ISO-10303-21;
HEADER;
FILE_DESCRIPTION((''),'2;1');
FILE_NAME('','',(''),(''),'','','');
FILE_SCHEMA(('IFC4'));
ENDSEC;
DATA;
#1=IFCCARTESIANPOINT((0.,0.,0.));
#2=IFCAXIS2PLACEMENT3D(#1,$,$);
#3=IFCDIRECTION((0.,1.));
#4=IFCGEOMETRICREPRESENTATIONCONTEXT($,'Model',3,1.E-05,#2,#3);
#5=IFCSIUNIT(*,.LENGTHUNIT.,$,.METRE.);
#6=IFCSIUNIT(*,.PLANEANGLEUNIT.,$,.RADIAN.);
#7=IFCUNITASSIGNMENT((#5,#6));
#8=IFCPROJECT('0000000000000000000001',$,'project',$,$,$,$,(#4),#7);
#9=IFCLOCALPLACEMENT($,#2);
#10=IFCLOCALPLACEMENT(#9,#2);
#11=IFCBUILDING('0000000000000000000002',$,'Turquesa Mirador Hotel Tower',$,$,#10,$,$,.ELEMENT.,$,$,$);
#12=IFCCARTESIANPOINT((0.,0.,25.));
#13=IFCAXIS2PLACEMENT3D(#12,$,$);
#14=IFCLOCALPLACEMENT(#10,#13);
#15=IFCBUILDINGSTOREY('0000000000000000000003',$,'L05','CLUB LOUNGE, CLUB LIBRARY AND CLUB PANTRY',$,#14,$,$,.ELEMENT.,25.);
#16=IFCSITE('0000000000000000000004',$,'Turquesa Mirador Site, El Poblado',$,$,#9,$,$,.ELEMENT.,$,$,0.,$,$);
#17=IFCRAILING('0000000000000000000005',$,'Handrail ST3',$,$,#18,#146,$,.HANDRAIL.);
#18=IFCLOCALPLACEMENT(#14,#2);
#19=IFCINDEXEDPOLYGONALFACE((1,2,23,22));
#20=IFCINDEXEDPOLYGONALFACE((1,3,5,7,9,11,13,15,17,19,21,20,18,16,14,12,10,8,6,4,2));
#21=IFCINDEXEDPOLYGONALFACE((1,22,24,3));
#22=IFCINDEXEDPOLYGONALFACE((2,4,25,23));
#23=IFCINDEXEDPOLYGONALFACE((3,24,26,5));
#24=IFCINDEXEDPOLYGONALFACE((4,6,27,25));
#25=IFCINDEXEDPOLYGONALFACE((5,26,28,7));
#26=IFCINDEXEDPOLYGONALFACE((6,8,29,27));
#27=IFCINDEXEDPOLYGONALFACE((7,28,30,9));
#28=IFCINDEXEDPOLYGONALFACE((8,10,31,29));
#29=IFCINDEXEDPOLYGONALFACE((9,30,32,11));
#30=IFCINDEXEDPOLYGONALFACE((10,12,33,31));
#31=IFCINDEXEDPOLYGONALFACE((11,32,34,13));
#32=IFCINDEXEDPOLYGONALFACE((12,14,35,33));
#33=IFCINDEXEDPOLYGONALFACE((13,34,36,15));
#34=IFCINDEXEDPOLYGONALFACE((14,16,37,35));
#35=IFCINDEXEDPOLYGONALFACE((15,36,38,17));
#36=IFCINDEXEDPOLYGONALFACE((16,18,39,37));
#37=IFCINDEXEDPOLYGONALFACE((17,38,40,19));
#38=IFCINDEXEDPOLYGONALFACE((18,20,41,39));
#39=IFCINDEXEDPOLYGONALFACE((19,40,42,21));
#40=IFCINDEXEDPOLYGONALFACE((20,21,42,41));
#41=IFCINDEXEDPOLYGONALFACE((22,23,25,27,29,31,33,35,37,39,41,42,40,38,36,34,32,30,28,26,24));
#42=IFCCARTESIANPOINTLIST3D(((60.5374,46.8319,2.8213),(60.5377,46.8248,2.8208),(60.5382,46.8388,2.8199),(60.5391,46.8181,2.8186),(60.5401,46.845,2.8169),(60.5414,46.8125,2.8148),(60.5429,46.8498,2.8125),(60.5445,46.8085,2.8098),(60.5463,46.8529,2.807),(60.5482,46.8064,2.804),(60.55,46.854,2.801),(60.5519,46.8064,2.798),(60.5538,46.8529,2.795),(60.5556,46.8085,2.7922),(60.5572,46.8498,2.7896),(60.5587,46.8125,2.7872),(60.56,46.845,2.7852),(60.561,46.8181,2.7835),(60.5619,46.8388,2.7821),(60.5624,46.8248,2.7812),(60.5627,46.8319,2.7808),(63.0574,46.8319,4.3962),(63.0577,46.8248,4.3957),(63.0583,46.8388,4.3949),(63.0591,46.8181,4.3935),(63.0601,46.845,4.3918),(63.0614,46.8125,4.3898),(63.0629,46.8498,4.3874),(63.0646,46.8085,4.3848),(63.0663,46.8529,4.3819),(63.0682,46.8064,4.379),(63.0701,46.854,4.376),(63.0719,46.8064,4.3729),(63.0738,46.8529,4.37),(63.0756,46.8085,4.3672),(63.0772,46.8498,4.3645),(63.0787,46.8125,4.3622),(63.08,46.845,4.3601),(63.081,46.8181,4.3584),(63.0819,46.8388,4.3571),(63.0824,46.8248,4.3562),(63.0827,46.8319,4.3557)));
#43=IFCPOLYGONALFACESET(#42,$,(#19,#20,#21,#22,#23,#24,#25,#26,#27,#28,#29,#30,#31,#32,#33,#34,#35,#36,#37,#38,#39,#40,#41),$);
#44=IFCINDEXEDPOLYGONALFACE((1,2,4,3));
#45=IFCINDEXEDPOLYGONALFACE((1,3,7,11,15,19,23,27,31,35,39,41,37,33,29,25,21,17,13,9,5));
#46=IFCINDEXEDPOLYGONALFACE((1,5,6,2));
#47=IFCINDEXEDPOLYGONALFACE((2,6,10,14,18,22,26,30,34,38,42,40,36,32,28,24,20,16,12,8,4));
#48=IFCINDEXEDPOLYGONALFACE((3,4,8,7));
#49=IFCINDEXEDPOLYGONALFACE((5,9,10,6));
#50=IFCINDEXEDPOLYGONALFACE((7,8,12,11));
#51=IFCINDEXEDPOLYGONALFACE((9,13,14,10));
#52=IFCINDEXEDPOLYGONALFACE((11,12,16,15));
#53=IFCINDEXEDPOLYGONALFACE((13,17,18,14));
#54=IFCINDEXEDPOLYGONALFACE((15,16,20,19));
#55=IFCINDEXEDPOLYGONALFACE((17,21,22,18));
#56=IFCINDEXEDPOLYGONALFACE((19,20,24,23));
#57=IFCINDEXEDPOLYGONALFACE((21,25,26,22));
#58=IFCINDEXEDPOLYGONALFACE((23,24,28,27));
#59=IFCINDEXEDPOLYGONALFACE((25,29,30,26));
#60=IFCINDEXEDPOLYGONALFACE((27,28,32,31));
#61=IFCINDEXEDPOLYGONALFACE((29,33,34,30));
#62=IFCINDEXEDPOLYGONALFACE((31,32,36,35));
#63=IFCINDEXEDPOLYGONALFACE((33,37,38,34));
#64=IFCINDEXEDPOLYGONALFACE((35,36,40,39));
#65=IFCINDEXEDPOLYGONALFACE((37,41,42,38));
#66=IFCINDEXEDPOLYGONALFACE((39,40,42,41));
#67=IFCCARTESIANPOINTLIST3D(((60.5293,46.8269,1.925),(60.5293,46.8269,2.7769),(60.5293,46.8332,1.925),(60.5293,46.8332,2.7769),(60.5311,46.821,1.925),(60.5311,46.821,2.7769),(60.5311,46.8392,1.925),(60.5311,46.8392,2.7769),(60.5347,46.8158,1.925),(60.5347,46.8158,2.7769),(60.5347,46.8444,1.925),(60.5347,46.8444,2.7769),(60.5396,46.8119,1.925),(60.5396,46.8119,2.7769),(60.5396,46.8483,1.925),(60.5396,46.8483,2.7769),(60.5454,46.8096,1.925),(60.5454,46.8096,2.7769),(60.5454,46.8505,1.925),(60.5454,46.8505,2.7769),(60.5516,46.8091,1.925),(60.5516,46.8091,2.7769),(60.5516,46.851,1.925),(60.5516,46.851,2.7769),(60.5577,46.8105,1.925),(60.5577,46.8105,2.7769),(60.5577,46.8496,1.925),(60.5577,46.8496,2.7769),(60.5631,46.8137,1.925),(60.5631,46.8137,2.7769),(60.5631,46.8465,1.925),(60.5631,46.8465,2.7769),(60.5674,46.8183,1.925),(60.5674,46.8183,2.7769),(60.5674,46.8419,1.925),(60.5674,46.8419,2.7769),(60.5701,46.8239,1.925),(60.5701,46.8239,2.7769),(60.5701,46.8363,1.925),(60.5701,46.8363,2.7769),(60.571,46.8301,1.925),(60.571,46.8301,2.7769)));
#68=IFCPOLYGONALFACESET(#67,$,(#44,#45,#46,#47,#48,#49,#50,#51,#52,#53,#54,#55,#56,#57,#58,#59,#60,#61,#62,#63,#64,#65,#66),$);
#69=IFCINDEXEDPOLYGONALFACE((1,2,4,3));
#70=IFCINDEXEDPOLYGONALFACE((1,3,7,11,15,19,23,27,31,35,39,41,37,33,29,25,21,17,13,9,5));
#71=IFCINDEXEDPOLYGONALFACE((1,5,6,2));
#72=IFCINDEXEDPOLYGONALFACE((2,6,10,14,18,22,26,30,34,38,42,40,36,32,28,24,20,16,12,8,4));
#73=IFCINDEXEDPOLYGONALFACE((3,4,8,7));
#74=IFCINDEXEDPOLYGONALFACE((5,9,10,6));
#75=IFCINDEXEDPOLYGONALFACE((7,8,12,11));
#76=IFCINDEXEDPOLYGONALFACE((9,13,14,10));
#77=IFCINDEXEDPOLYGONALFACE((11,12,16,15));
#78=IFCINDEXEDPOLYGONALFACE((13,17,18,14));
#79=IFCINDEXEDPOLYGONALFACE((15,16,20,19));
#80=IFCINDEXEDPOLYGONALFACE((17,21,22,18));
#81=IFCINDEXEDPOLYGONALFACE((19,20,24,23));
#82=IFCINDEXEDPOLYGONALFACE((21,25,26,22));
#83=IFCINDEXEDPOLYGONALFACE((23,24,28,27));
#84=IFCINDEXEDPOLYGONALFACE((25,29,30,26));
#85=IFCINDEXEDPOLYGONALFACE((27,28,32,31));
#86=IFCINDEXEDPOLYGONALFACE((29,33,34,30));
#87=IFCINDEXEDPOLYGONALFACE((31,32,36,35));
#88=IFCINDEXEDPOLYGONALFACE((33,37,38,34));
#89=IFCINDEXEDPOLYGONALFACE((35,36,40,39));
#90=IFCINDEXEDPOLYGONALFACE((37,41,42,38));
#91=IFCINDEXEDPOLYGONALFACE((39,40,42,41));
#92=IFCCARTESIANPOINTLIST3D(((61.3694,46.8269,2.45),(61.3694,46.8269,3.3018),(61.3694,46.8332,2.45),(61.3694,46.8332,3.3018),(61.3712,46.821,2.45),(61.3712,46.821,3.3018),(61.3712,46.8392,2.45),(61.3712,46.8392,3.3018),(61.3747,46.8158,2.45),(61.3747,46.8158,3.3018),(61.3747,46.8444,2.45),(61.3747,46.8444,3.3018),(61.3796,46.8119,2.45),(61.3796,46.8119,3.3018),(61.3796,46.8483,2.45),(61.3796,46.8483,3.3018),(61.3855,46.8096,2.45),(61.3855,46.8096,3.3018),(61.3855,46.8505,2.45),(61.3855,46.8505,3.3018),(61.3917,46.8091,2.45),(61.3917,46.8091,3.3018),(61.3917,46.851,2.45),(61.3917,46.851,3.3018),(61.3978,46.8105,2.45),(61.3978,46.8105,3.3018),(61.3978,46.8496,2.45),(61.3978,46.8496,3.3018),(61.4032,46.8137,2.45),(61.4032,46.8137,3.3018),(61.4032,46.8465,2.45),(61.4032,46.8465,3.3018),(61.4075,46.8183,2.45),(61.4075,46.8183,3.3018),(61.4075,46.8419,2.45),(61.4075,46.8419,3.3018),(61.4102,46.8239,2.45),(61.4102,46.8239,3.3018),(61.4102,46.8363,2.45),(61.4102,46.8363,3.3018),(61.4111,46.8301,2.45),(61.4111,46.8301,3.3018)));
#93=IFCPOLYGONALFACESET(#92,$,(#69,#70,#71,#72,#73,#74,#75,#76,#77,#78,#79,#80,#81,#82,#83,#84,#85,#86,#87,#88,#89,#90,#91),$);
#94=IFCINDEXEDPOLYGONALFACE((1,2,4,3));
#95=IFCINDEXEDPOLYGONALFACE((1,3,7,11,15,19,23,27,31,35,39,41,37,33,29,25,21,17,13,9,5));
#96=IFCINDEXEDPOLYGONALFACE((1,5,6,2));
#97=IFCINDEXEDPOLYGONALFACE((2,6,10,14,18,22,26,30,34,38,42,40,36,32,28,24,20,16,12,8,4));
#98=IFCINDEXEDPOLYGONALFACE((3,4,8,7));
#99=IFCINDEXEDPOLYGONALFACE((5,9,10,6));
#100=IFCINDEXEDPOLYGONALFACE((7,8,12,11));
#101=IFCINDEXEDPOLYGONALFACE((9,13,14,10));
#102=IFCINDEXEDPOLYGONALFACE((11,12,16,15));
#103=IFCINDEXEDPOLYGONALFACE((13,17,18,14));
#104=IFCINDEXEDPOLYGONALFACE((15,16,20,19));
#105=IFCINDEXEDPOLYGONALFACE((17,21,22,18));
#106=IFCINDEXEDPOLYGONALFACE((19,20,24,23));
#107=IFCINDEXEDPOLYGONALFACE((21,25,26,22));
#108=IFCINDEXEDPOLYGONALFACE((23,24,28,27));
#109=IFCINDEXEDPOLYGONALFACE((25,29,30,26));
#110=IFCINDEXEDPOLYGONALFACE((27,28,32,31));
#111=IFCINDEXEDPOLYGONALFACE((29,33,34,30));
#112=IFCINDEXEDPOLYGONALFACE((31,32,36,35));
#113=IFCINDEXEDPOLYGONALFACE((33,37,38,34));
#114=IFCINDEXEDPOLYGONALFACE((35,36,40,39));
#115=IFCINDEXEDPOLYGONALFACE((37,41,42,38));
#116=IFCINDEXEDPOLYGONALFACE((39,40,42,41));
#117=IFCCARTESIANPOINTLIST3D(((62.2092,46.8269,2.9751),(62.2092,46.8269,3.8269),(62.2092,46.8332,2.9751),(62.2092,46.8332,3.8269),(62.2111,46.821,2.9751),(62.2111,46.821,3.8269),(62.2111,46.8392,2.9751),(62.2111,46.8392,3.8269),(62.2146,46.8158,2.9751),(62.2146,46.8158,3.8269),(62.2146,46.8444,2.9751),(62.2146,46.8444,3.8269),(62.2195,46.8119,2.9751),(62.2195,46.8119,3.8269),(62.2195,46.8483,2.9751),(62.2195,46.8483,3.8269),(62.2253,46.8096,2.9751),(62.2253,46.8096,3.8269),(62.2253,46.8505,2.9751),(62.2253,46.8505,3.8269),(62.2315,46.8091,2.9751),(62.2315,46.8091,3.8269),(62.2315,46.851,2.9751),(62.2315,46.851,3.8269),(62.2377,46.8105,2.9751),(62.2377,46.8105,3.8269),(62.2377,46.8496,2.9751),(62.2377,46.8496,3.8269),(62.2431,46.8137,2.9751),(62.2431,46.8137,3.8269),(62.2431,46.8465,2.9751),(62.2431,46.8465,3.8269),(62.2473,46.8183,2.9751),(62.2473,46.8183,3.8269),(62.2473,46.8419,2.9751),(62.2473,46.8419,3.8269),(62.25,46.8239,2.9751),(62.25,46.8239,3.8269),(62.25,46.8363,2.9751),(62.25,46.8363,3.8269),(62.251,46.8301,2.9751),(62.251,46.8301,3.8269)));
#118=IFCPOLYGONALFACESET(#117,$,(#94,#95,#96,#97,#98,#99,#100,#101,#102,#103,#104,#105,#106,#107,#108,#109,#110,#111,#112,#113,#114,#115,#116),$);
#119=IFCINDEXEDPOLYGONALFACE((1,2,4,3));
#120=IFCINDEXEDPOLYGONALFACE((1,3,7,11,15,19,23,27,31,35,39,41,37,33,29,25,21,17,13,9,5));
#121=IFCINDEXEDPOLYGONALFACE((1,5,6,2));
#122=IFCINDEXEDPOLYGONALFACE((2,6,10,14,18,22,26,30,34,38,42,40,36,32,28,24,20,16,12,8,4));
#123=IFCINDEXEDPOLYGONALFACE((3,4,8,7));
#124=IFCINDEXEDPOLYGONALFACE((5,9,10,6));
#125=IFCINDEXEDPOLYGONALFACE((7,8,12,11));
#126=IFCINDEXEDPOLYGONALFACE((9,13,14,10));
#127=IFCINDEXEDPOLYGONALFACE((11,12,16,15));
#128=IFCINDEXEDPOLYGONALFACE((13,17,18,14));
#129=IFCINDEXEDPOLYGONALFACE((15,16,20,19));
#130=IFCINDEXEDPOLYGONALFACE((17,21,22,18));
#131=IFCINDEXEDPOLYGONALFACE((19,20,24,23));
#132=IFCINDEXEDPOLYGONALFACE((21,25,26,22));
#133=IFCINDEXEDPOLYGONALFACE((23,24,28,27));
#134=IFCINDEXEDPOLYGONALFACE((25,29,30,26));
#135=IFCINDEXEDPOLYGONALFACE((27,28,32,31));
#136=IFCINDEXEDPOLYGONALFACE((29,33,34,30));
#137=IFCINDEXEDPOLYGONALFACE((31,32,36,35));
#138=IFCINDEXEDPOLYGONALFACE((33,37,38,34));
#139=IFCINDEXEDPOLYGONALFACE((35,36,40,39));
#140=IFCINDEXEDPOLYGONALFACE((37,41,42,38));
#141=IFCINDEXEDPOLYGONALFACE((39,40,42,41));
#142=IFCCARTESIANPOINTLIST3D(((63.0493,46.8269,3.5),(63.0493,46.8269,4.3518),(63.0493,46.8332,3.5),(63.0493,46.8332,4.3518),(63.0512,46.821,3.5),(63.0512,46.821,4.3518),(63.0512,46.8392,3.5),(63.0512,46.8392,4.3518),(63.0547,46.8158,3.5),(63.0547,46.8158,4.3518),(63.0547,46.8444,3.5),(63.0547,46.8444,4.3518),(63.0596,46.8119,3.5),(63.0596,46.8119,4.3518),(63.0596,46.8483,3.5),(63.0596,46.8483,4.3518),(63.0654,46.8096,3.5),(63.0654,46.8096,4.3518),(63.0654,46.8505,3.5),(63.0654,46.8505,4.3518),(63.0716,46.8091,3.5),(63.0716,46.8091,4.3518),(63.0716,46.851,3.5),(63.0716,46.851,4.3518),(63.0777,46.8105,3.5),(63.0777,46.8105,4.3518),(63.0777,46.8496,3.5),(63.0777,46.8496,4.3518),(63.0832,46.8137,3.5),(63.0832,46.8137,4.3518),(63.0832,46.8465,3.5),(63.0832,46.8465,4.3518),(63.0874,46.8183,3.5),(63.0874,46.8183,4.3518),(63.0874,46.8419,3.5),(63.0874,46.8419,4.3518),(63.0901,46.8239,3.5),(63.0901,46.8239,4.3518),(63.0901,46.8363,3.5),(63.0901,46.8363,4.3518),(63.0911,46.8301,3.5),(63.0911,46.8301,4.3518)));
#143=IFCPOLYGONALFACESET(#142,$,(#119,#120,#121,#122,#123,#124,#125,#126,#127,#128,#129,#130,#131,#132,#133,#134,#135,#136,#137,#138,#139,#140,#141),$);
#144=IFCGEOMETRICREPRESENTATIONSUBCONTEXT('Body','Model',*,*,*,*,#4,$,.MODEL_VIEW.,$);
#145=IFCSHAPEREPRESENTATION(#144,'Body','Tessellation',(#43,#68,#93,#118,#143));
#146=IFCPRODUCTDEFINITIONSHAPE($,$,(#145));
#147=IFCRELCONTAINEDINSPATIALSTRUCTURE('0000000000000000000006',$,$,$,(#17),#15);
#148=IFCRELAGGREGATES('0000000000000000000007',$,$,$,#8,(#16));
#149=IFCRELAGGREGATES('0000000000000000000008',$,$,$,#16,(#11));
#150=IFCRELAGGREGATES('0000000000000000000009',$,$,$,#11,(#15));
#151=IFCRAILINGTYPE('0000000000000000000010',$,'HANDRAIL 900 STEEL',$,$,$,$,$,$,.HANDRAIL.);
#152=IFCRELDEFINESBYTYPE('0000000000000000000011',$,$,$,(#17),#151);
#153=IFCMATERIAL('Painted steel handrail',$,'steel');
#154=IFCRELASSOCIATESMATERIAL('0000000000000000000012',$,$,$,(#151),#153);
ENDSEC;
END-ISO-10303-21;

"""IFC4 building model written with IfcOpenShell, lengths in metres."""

from ifc_helpers import new_model, si_unit, direction, frame, origin, origin_2d, place, context, subcontext, project, spatial, circle, extrude, material, type_object, element, save


model = new_model("IFC4")

# Units and contexts
model_context = context("Model", 3, precision=1e-05, world=origin(), true_north=direction((0.0, 1.0)))
body_context = subcontext(model_context, "Body", "Model", "MODEL_VIEW")
ifc_project = project(units=[si_unit("LENGTHUNIT", "METRE"), si_unit("PLANEANGLEUNIT", "RADIAN")], contexts=[model_context])

# Site, building, storey
site_placement = place(None, origin())
site = spatial("IfcSite", under=ifc_project, at=site_placement, Name="Turquesa Mirador Site, El Poblado", CompositionType="ELEMENT", RefElevation=0.0)
building_placement = place(site_placement, origin())
building = spatial("IfcBuilding", under=site, at=building_placement, Name="Turquesa Mirador Hotel Tower", CompositionType="ELEMENT")
storey_placement = place(building_placement, frame((0.0, 0.0, 25.0)))
storey = spatial("IfcBuildingStorey", under=building, at=storey_placement, Name="L05", Description="CLUB LOUNGE, CLUB LIBRARY AND CLUB PANTRY", CompositionType="ELEMENT", Elevation=25.0)

# Railing
ifc_material_1 = material(Name="Painted steel handrail", Category="steel")
railing_type = type_object("IfcRailingType", Name="HANDRAIL 900 STEEL", PredefinedType="HANDRAIL", material=ifc_material_1)
railing_1_placement = place(storey_placement, frame((60.55, 46.8301, 1.925)))
element("IfcRailing", 1, at=railing_1_placement, inside=storey, type_object=railing_type, Name="Handrail ST3", PredefinedType="HANDRAIL", context=body_context, shape_type="SweptSolid", body=[
    extrude(circle(Radius=0.0239, at=origin_2d()), frame((0.0, 0.0, 0.876), z_axis=(0.848008, 0.0, 0.529984), x_axis=(0.0, 1.0, 0.0)), (0.0, 0.0, 1.0), 2.9717),
    extrude(circle(Radius=0.021, at=origin_2d()), origin(), (0.0, 0.0, 1.0), 0.8518),
    extrude(circle(Radius=0.021, at=origin_2d()), frame((0.8401, 0.0, 0.5249)), (0.0, 0.0, 1.0), 0.8518),
    extrude(circle(Radius=0.021, at=origin_2d()), frame((1.6799, 0.0, 1.05)), (0.0, 0.0, 1.0), 0.8518),
    extrude(circle(Radius=0.021, at=origin_2d()), frame((2.52, 0.0, 1.575)), (0.0, 0.0, 1.0), 0.8518),
])

save(model, "model.ifc")
